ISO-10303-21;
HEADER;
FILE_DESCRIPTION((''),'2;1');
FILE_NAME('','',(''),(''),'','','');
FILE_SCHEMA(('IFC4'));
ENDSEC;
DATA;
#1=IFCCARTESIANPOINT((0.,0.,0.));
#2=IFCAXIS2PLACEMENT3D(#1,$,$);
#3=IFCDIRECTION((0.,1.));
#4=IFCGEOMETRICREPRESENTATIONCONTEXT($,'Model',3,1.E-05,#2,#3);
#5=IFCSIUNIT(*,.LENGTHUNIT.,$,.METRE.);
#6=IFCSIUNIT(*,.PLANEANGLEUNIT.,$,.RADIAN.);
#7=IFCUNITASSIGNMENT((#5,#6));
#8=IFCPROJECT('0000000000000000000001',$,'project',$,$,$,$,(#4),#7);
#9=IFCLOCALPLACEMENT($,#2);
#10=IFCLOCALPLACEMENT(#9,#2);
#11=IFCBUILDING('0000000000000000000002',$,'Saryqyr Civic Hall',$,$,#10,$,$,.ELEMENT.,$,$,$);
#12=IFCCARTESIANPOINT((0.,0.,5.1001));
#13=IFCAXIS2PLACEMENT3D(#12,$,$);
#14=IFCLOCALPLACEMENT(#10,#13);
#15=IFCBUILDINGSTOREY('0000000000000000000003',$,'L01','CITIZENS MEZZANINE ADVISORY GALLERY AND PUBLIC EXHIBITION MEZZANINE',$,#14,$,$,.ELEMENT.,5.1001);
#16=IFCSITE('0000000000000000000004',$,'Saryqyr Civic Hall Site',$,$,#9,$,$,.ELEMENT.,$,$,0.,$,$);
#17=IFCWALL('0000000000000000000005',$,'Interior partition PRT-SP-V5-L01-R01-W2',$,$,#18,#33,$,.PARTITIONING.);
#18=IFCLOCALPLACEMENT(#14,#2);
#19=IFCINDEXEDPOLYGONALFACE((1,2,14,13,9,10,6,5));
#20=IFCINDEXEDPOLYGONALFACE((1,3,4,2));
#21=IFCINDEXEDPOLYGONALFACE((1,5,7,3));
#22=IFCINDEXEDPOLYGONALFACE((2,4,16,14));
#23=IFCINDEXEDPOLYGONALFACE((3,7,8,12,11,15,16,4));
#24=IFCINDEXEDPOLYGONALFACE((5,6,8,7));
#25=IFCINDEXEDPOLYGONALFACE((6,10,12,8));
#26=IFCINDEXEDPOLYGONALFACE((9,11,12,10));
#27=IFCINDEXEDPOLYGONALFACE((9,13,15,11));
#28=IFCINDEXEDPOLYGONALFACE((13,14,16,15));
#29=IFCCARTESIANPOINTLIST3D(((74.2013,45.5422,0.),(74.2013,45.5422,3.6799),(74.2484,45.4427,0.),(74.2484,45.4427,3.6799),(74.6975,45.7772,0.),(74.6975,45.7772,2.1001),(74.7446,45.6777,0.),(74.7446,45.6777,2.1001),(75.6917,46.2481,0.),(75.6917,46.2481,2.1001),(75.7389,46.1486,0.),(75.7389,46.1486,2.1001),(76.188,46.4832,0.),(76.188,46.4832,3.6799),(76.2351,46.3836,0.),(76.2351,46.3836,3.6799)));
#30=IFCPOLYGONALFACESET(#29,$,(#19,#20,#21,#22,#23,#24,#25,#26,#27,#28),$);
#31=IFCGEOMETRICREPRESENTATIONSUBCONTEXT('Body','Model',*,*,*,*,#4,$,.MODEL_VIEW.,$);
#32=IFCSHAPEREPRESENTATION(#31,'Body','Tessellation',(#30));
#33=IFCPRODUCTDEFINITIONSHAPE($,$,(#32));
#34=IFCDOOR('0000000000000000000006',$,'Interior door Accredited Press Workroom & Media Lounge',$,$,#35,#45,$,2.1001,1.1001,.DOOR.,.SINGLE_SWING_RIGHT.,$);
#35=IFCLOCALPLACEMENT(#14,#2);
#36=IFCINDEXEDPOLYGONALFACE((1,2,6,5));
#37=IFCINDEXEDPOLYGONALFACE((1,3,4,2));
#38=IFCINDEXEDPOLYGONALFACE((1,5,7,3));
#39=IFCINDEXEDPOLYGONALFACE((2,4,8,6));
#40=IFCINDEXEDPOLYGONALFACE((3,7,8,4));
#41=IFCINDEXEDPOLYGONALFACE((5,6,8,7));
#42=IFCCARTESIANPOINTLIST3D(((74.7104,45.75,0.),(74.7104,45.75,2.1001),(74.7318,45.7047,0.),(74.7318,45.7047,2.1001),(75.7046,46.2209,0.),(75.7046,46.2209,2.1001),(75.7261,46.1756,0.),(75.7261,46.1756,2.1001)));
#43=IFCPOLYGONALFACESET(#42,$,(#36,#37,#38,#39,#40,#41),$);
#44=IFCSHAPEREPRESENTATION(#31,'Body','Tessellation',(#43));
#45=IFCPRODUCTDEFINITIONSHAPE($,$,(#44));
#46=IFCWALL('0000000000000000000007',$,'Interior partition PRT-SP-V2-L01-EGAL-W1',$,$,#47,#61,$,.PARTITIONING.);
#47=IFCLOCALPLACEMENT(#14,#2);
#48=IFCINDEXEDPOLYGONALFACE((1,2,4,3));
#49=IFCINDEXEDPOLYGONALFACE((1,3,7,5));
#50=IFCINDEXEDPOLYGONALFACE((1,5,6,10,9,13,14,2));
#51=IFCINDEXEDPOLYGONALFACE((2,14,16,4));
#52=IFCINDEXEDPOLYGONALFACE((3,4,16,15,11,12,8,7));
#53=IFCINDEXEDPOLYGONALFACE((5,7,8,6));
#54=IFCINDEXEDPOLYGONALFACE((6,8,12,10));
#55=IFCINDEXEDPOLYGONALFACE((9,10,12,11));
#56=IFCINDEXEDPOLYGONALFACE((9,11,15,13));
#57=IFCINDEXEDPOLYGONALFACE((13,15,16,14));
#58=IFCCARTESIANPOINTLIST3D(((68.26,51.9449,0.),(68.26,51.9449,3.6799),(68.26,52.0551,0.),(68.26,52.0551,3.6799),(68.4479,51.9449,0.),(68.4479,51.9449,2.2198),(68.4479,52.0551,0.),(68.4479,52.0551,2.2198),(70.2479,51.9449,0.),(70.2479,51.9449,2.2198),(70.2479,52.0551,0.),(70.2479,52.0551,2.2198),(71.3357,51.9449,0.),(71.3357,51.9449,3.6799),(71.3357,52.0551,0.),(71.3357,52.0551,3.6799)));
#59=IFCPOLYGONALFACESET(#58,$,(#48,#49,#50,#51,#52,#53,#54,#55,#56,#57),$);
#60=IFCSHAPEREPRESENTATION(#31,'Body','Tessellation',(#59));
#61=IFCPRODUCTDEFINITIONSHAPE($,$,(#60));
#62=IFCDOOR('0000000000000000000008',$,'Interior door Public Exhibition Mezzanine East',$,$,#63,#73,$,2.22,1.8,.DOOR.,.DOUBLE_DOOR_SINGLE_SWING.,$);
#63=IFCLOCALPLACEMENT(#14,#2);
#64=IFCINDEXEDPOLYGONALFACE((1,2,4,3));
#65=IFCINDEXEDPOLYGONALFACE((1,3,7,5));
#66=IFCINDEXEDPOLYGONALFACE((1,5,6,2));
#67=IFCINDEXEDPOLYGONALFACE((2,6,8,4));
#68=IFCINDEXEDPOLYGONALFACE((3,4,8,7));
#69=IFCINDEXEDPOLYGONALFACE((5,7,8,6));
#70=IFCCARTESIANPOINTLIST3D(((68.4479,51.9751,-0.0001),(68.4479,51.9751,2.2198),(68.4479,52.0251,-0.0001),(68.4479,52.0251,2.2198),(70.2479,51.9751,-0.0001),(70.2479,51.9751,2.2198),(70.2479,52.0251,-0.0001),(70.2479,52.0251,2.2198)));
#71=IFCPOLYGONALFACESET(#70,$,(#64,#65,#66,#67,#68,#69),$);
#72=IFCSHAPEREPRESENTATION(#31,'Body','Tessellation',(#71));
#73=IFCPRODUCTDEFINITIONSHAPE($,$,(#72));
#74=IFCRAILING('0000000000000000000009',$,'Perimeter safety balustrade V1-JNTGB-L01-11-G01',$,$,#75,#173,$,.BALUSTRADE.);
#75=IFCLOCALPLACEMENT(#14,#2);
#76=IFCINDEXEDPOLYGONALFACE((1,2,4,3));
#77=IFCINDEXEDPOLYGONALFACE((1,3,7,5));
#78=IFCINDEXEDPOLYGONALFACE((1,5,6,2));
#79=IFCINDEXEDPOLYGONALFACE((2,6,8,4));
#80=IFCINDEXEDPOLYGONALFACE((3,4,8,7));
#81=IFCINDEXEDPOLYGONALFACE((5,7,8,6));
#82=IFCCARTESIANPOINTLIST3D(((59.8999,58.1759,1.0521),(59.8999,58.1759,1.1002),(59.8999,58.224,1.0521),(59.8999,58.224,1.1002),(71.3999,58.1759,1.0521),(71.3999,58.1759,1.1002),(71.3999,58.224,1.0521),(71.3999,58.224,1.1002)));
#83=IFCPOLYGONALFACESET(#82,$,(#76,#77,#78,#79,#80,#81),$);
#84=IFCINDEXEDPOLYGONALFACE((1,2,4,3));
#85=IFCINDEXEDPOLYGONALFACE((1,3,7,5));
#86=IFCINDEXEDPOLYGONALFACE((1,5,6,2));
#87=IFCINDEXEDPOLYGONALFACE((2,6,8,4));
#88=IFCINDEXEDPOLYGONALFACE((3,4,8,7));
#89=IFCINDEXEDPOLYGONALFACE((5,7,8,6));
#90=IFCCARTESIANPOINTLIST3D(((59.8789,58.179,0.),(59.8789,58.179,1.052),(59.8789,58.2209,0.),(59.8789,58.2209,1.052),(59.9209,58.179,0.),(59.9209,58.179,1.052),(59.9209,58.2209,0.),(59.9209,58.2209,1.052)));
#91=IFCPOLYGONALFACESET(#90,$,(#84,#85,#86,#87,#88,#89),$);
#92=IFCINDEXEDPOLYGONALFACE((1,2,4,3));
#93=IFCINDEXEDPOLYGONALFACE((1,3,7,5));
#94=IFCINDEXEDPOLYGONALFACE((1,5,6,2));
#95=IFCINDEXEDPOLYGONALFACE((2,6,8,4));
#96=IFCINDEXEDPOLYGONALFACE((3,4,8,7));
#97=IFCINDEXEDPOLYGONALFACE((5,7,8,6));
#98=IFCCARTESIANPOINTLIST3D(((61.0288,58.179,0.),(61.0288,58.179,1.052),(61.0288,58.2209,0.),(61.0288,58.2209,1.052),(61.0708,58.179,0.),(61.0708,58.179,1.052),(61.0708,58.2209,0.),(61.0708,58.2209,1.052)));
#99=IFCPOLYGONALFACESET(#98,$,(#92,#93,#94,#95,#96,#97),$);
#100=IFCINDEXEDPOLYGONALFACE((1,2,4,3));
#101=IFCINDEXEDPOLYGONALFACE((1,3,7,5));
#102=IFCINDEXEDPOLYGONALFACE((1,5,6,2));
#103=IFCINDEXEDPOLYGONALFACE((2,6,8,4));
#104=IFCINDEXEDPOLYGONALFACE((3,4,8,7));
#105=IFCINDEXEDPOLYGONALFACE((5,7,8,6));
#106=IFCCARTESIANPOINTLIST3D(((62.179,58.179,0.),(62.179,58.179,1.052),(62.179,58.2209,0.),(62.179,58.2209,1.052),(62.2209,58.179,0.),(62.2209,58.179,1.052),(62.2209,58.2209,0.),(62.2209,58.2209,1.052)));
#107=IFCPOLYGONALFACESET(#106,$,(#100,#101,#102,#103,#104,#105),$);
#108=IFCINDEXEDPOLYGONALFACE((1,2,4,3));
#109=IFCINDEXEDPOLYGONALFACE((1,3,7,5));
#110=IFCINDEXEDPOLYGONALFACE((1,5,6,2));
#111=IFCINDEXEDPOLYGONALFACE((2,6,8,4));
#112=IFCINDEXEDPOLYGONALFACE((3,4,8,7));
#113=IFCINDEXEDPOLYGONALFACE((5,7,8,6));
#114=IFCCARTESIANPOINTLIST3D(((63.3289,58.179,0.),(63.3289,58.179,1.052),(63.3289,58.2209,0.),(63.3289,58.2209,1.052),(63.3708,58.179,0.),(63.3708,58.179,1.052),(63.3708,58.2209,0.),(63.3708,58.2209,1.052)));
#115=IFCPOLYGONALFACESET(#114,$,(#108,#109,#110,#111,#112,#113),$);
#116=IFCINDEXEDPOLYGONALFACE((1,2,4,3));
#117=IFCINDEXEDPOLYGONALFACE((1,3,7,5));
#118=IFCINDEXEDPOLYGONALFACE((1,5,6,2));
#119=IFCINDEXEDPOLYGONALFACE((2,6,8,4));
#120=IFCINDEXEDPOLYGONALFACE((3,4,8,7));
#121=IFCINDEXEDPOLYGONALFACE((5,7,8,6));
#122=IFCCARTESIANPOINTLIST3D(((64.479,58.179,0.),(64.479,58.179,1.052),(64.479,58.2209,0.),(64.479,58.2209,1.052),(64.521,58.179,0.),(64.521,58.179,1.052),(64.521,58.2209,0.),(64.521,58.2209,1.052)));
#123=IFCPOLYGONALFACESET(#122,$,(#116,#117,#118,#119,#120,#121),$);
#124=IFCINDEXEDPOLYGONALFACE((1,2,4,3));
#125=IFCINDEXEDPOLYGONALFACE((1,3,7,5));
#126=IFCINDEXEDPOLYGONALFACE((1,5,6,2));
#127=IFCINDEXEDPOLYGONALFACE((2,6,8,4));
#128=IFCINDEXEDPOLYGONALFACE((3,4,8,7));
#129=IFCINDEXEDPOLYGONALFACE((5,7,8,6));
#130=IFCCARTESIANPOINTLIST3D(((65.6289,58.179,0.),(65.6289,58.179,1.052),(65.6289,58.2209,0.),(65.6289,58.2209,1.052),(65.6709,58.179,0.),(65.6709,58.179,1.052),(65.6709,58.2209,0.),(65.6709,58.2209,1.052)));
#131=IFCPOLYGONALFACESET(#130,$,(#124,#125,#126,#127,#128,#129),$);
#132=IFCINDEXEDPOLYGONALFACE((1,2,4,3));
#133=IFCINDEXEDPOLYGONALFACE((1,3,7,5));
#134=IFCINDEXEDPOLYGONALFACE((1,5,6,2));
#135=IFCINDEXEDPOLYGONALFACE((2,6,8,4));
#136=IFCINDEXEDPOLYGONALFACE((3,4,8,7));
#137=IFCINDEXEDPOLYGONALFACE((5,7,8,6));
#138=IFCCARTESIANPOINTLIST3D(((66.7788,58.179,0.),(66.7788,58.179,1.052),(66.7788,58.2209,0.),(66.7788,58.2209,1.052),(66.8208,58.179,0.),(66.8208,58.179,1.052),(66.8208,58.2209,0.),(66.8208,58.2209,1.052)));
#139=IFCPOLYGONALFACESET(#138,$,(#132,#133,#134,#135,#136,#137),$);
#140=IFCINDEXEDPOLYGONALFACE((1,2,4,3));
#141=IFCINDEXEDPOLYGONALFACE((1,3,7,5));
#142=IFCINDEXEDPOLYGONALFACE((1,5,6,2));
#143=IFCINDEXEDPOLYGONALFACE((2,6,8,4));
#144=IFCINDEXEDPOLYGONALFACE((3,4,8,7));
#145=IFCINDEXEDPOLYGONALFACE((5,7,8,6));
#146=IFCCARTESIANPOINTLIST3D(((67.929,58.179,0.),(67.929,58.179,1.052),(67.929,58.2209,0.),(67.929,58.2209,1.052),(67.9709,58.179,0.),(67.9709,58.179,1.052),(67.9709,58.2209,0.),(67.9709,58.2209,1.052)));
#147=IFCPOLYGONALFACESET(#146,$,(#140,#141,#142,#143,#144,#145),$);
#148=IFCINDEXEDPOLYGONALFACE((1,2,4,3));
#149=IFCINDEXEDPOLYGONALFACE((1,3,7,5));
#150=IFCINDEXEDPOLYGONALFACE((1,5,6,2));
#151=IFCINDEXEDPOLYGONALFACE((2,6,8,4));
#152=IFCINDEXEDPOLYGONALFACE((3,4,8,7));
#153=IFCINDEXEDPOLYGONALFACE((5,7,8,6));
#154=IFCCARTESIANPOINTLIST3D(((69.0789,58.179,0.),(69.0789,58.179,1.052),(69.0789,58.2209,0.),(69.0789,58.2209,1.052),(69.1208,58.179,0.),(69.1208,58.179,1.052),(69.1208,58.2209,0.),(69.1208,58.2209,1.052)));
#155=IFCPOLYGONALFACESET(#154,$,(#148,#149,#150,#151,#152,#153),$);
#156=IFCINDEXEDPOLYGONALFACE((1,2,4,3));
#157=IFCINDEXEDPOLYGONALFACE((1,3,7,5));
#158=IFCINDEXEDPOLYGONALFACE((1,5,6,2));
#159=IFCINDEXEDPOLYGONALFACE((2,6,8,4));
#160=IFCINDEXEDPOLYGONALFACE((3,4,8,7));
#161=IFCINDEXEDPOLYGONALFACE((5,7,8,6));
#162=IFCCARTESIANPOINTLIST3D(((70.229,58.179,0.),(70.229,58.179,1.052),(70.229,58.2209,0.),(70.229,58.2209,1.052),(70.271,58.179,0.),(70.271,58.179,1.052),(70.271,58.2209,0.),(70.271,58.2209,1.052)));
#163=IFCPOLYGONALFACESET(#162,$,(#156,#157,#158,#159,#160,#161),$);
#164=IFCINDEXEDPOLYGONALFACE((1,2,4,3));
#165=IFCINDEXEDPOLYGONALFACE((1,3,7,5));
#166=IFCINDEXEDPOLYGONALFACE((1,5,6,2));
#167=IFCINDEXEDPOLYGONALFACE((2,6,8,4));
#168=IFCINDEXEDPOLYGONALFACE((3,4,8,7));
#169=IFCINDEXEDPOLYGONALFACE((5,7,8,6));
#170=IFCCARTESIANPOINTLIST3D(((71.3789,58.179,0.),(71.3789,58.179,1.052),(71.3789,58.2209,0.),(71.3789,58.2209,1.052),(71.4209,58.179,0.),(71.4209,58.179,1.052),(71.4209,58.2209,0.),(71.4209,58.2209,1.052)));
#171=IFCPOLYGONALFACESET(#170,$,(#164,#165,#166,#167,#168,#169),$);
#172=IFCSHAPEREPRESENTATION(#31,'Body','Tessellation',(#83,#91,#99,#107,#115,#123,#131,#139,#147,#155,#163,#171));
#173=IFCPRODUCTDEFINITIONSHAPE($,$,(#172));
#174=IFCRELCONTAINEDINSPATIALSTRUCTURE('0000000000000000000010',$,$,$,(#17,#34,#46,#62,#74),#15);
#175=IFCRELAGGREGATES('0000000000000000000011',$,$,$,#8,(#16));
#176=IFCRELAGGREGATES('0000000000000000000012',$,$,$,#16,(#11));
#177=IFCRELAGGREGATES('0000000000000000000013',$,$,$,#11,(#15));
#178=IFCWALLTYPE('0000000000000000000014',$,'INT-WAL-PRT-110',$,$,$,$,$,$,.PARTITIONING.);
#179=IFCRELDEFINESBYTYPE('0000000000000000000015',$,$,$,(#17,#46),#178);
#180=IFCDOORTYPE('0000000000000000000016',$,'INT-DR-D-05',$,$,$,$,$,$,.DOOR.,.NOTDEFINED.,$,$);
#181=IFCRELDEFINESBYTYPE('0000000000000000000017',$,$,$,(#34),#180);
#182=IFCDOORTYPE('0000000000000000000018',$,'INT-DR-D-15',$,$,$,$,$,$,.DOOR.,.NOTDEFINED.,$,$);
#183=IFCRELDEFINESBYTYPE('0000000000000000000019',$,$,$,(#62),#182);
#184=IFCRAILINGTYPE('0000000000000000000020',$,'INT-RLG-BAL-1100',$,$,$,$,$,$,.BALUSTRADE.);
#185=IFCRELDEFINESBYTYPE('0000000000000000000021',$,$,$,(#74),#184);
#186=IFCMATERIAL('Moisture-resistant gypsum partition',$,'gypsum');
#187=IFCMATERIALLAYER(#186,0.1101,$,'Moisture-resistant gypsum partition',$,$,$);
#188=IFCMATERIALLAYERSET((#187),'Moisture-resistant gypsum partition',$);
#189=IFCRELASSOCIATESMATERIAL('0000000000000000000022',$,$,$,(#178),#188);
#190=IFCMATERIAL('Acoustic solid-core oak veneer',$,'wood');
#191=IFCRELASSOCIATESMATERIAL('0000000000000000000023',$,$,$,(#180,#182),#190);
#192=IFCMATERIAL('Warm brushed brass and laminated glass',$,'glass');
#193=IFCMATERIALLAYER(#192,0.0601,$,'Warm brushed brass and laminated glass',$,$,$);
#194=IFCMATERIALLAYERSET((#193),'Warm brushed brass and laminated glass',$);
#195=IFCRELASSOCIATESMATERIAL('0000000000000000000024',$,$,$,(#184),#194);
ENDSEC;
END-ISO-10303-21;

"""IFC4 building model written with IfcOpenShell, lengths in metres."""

from ifc_helpers import new_model, si_unit, direction, frame, frame_2d, origin, origin_2d, place, context, subcontext, project, spatial, rectangle, extrude, material, layer, layer_set, type_object, element, fill, save


model = new_model("IFC4")

# Units and contexts
model_context = context("Model", 3, precision=1e-05, world=origin(), true_north=direction((0.0, 1.0)))
body_context = subcontext(model_context, "Body", "Model", "MODEL_VIEW")
ifc_project = project(units=[si_unit("LENGTHUNIT", "METRE"), si_unit("PLANEANGLEUNIT", "RADIAN")], contexts=[model_context])

# Site, building, storey
site_placement = place(None, origin())
site = spatial("IfcSite", under=ifc_project, at=site_placement, Name="Saryqyr Civic Hall Site", CompositionType="ELEMENT", RefElevation=0.0)
building_placement = place(site_placement, origin())
building = spatial("IfcBuilding", under=site, at=building_placement, Name="Saryqyr Civic Hall", CompositionType="ELEMENT")
storey_placement = place(building_placement, frame((0.0, 0.0, 5.1001)))
storey = spatial("IfcBuildingStorey", under=building, at=storey_placement, Name="L01", Description="CITIZENS MEZZANINE ADVISORY GALLERY AND PUBLIC EXHIBITION MEZZANINE", CompositionType="ELEMENT", Elevation=5.1001)

# Walls, openings, doors
ifc_material_1 = material(Name="Moisture-resistant gypsum partition", Category="gypsum")
ifc_layer_1 = layer(ifc_material_1, 0.1101, Name="Moisture-resistant gypsum partition")
ifc_layer_set_1 = layer_set([ifc_layer_1], Name="Moisture-resistant gypsum partition")
wall_type_1 = type_object("IfcWallType", Name="INT-WAL-PRT-110", PredefinedType="PARTITIONING", material=ifc_layer_set_1)
wall_1_placement = place(storey_placement, frame((74.2249, 45.4924, 0.0), z_axis=(0.0, 0.0, 1.0), x_axis=(0.903754, 0.428053, 0.0)))
wall_1 = element("IfcWall", 1, at=wall_1_placement, inside=storey, type_object=wall_type_1, Name="Interior partition PRT-SP-V5-L01-R01-W2", PredefinedType="PARTITIONING", context=body_context, shape_type="SweptSolid", body=[
    extrude(rectangle(XDim=2.1982, YDim=0.1101, at=frame_2d((1.0991, 0.0))), origin(), (0.0, 0.0, 1.0), 3.6799),
])
opening_1_placement = place(wall_1_placement, frame((0.5491, 0.0, 0.0)))
opening_1 = element("IfcOpeningElement", 2, at=opening_1_placement, cuts=wall_1, PredefinedType="OPENING", context=body_context, shape_type="SweptSolid", body=[
    extrude(rectangle(XDim=1.1001, YDim=2.1001, at=frame_2d((0.55, 1.05))), frame((0.0, 0.0649, 0.0), z_axis=(0.0, -1.0, 0.0), x_axis=(1.0, 0.0, 0.0)), (0.0, 0.0, 1.0), 0.1301),
])
ifc_material_2 = material(Name="Acoustic solid-core oak veneer", Category="wood")
door_type_1 = type_object("IfcDoorType", Name="INT-DR-D-05", OperationType="NOTDEFINED", PredefinedType="DOOR", material=ifc_material_2)
door_1_placement = place(opening_1_placement, origin())
door_1 = element("IfcDoor", 3, at=door_1_placement, inside=storey, type_object=door_type_1, Name="Interior door Accredited Press Workroom & Media Lounge", OperationType="SINGLE_SWING_RIGHT", OverallHeight=2.1001, OverallWidth=1.1001, PredefinedType="DOOR", context=body_context, shape_type="SweptSolid", body=[
    extrude(rectangle(XDim=1.1001, YDim=2.1001, at=frame_2d((0.55, 1.05))), frame((0.0, 0.0249, 0.0), z_axis=(0.0, -1.0, 0.0), x_axis=(1.0, 0.0, 0.0)), (0.0, 0.0, 1.0), 0.05),
])
fill(opening_1, door_1)
wall_2_placement = place(storey_placement, frame((71.3357, 52.0, 0.0), z_axis=(0.0, 0.0, 1.0), x_axis=(-1.0, 0.0, 0.0)))
wall_2 = element("IfcWall", 4, at=wall_2_placement, inside=storey, type_object=wall_type_1, Name="Interior partition PRT-SP-V2-L01-EGAL-W1", PredefinedType="PARTITIONING", context=body_context, shape_type="SweptSolid", body=[
    extrude(rectangle(XDim=3.0757, YDim=0.1101, at=frame_2d((1.5378, 0.0))), origin(), (0.0, 0.0, 1.0), 3.6799),
])
opening_2_placement = place(wall_2_placement, frame((1.0879, 0.0, 0.0)))
opening_2 = element("IfcOpeningElement", 5, at=opening_2_placement, cuts=wall_2, PredefinedType="OPENING", context=body_context, shape_type="SweptSolid", body=[
    extrude(rectangle(XDim=1.8, YDim=2.22, at=frame_2d((0.8999, 1.1099))), frame((0.0, 0.0649, 0.0), z_axis=(0.0, -1.0, 0.0), x_axis=(1.0, 0.0, 0.0)), (0.0, 0.0, 1.0), 0.1301),
])
door_type_2 = type_object("IfcDoorType", Name="INT-DR-D-15", OperationType="NOTDEFINED", PredefinedType="DOOR", material=ifc_material_2)
door_2_placement = place(opening_2_placement, origin())
door_2 = element("IfcDoor", 6, at=door_2_placement, inside=storey, type_object=door_type_2, Name="Interior door Public Exhibition Mezzanine East", OperationType="DOUBLE_DOOR_SINGLE_SWING", OverallHeight=2.22, OverallWidth=1.8, PredefinedType="DOOR", context=body_context, shape_type="SweptSolid", body=[
    extrude(rectangle(XDim=1.8, YDim=2.22, at=frame_2d((0.8999, 1.1099))), frame((0.0, 0.0249, 0.0), z_axis=(0.0, -1.0, 0.0), x_axis=(1.0, 0.0, 0.0)), (0.0, 0.0, 1.0), 0.05),
])
fill(opening_2, door_2)

# Railing
ifc_material_3 = material(Name="Warm brushed brass and laminated glass", Category="glass")
ifc_layer_2 = layer(ifc_material_3, 0.0601, Name="Warm brushed brass and laminated glass")
ifc_layer_set_2 = layer_set([ifc_layer_2], Name="Warm brushed brass and laminated glass")
railing_type = type_object("IfcRailingType", Name="INT-RLG-BAL-1100", PredefinedType="BALUSTRADE", material=ifc_layer_set_2)
railing_1_placement = place(storey_placement, frame((59.8999, 58.2, 0.0)))
element("IfcRailing", 7, at=railing_1_placement, inside=storey, type_object=railing_type, Name="Perimeter safety balustrade V1-JNTGB-L01-11-G01", PredefinedType="BALUSTRADE", context=body_context, shape_type="SweptSolid", body=[
    extrude(rectangle(XDim=0.0481, YDim=0.0481, at=origin_2d()), frame((0.0, 0.0, 1.0762), z_axis=(1.0, 0.0, 0.0), x_axis=(0.0, 1.0, 0.0)), (0.0, 0.0, 1.0), 11.5),
    extrude(rectangle(XDim=0.042, YDim=0.042, at=origin_2d()), origin(), (0.0, 0.0, 1.0), 1.052),
    extrude(rectangle(XDim=0.042, YDim=0.042, at=origin_2d()), frame((1.1499, 0.0, 0.0)), (0.0, 0.0, 1.0), 1.052),
    extrude(rectangle(XDim=0.042, YDim=0.042, at=origin_2d()), frame((2.3, 0.0, 0.0)), (0.0, 0.0, 1.0), 1.052),
    extrude(rectangle(XDim=0.042, YDim=0.042, at=origin_2d()), frame((3.45, 0.0, 0.0)), (0.0, 0.0, 1.0), 1.052),
    extrude(rectangle(XDim=0.042, YDim=0.042, at=origin_2d()), frame((4.6001, 0.0, 0.0)), (0.0, 0.0, 1.0), 1.052),
    extrude(rectangle(XDim=0.042, YDim=0.042, at=origin_2d()), frame((5.75, 0.0, 0.0)), (0.0, 0.0, 1.0), 1.052),
    extrude(rectangle(XDim=0.042, YDim=0.042, at=origin_2d()), frame((6.8999, 0.0, 0.0)), (0.0, 0.0, 1.0), 1.052),
    extrude(rectangle(XDim=0.042, YDim=0.042, at=origin_2d()), frame((8.05, 0.0, 0.0)), (0.0, 0.0, 1.0), 1.052),
    extrude(rectangle(XDim=0.042, YDim=0.042, at=origin_2d()), frame((9.2, 0.0, 0.0)), (0.0, 0.0, 1.0), 1.052),
    extrude(rectangle(XDim=0.042, YDim=0.042, at=origin_2d()), frame((10.3501, 0.0, 0.0)), (0.0, 0.0, 1.0), 1.052),
    extrude(rectangle(XDim=0.042, YDim=0.042, at=origin_2d()), frame((11.5, 0.0, 0.0)), (0.0, 0.0, 1.0), 1.052),
])

save(model, "model.ifc")
